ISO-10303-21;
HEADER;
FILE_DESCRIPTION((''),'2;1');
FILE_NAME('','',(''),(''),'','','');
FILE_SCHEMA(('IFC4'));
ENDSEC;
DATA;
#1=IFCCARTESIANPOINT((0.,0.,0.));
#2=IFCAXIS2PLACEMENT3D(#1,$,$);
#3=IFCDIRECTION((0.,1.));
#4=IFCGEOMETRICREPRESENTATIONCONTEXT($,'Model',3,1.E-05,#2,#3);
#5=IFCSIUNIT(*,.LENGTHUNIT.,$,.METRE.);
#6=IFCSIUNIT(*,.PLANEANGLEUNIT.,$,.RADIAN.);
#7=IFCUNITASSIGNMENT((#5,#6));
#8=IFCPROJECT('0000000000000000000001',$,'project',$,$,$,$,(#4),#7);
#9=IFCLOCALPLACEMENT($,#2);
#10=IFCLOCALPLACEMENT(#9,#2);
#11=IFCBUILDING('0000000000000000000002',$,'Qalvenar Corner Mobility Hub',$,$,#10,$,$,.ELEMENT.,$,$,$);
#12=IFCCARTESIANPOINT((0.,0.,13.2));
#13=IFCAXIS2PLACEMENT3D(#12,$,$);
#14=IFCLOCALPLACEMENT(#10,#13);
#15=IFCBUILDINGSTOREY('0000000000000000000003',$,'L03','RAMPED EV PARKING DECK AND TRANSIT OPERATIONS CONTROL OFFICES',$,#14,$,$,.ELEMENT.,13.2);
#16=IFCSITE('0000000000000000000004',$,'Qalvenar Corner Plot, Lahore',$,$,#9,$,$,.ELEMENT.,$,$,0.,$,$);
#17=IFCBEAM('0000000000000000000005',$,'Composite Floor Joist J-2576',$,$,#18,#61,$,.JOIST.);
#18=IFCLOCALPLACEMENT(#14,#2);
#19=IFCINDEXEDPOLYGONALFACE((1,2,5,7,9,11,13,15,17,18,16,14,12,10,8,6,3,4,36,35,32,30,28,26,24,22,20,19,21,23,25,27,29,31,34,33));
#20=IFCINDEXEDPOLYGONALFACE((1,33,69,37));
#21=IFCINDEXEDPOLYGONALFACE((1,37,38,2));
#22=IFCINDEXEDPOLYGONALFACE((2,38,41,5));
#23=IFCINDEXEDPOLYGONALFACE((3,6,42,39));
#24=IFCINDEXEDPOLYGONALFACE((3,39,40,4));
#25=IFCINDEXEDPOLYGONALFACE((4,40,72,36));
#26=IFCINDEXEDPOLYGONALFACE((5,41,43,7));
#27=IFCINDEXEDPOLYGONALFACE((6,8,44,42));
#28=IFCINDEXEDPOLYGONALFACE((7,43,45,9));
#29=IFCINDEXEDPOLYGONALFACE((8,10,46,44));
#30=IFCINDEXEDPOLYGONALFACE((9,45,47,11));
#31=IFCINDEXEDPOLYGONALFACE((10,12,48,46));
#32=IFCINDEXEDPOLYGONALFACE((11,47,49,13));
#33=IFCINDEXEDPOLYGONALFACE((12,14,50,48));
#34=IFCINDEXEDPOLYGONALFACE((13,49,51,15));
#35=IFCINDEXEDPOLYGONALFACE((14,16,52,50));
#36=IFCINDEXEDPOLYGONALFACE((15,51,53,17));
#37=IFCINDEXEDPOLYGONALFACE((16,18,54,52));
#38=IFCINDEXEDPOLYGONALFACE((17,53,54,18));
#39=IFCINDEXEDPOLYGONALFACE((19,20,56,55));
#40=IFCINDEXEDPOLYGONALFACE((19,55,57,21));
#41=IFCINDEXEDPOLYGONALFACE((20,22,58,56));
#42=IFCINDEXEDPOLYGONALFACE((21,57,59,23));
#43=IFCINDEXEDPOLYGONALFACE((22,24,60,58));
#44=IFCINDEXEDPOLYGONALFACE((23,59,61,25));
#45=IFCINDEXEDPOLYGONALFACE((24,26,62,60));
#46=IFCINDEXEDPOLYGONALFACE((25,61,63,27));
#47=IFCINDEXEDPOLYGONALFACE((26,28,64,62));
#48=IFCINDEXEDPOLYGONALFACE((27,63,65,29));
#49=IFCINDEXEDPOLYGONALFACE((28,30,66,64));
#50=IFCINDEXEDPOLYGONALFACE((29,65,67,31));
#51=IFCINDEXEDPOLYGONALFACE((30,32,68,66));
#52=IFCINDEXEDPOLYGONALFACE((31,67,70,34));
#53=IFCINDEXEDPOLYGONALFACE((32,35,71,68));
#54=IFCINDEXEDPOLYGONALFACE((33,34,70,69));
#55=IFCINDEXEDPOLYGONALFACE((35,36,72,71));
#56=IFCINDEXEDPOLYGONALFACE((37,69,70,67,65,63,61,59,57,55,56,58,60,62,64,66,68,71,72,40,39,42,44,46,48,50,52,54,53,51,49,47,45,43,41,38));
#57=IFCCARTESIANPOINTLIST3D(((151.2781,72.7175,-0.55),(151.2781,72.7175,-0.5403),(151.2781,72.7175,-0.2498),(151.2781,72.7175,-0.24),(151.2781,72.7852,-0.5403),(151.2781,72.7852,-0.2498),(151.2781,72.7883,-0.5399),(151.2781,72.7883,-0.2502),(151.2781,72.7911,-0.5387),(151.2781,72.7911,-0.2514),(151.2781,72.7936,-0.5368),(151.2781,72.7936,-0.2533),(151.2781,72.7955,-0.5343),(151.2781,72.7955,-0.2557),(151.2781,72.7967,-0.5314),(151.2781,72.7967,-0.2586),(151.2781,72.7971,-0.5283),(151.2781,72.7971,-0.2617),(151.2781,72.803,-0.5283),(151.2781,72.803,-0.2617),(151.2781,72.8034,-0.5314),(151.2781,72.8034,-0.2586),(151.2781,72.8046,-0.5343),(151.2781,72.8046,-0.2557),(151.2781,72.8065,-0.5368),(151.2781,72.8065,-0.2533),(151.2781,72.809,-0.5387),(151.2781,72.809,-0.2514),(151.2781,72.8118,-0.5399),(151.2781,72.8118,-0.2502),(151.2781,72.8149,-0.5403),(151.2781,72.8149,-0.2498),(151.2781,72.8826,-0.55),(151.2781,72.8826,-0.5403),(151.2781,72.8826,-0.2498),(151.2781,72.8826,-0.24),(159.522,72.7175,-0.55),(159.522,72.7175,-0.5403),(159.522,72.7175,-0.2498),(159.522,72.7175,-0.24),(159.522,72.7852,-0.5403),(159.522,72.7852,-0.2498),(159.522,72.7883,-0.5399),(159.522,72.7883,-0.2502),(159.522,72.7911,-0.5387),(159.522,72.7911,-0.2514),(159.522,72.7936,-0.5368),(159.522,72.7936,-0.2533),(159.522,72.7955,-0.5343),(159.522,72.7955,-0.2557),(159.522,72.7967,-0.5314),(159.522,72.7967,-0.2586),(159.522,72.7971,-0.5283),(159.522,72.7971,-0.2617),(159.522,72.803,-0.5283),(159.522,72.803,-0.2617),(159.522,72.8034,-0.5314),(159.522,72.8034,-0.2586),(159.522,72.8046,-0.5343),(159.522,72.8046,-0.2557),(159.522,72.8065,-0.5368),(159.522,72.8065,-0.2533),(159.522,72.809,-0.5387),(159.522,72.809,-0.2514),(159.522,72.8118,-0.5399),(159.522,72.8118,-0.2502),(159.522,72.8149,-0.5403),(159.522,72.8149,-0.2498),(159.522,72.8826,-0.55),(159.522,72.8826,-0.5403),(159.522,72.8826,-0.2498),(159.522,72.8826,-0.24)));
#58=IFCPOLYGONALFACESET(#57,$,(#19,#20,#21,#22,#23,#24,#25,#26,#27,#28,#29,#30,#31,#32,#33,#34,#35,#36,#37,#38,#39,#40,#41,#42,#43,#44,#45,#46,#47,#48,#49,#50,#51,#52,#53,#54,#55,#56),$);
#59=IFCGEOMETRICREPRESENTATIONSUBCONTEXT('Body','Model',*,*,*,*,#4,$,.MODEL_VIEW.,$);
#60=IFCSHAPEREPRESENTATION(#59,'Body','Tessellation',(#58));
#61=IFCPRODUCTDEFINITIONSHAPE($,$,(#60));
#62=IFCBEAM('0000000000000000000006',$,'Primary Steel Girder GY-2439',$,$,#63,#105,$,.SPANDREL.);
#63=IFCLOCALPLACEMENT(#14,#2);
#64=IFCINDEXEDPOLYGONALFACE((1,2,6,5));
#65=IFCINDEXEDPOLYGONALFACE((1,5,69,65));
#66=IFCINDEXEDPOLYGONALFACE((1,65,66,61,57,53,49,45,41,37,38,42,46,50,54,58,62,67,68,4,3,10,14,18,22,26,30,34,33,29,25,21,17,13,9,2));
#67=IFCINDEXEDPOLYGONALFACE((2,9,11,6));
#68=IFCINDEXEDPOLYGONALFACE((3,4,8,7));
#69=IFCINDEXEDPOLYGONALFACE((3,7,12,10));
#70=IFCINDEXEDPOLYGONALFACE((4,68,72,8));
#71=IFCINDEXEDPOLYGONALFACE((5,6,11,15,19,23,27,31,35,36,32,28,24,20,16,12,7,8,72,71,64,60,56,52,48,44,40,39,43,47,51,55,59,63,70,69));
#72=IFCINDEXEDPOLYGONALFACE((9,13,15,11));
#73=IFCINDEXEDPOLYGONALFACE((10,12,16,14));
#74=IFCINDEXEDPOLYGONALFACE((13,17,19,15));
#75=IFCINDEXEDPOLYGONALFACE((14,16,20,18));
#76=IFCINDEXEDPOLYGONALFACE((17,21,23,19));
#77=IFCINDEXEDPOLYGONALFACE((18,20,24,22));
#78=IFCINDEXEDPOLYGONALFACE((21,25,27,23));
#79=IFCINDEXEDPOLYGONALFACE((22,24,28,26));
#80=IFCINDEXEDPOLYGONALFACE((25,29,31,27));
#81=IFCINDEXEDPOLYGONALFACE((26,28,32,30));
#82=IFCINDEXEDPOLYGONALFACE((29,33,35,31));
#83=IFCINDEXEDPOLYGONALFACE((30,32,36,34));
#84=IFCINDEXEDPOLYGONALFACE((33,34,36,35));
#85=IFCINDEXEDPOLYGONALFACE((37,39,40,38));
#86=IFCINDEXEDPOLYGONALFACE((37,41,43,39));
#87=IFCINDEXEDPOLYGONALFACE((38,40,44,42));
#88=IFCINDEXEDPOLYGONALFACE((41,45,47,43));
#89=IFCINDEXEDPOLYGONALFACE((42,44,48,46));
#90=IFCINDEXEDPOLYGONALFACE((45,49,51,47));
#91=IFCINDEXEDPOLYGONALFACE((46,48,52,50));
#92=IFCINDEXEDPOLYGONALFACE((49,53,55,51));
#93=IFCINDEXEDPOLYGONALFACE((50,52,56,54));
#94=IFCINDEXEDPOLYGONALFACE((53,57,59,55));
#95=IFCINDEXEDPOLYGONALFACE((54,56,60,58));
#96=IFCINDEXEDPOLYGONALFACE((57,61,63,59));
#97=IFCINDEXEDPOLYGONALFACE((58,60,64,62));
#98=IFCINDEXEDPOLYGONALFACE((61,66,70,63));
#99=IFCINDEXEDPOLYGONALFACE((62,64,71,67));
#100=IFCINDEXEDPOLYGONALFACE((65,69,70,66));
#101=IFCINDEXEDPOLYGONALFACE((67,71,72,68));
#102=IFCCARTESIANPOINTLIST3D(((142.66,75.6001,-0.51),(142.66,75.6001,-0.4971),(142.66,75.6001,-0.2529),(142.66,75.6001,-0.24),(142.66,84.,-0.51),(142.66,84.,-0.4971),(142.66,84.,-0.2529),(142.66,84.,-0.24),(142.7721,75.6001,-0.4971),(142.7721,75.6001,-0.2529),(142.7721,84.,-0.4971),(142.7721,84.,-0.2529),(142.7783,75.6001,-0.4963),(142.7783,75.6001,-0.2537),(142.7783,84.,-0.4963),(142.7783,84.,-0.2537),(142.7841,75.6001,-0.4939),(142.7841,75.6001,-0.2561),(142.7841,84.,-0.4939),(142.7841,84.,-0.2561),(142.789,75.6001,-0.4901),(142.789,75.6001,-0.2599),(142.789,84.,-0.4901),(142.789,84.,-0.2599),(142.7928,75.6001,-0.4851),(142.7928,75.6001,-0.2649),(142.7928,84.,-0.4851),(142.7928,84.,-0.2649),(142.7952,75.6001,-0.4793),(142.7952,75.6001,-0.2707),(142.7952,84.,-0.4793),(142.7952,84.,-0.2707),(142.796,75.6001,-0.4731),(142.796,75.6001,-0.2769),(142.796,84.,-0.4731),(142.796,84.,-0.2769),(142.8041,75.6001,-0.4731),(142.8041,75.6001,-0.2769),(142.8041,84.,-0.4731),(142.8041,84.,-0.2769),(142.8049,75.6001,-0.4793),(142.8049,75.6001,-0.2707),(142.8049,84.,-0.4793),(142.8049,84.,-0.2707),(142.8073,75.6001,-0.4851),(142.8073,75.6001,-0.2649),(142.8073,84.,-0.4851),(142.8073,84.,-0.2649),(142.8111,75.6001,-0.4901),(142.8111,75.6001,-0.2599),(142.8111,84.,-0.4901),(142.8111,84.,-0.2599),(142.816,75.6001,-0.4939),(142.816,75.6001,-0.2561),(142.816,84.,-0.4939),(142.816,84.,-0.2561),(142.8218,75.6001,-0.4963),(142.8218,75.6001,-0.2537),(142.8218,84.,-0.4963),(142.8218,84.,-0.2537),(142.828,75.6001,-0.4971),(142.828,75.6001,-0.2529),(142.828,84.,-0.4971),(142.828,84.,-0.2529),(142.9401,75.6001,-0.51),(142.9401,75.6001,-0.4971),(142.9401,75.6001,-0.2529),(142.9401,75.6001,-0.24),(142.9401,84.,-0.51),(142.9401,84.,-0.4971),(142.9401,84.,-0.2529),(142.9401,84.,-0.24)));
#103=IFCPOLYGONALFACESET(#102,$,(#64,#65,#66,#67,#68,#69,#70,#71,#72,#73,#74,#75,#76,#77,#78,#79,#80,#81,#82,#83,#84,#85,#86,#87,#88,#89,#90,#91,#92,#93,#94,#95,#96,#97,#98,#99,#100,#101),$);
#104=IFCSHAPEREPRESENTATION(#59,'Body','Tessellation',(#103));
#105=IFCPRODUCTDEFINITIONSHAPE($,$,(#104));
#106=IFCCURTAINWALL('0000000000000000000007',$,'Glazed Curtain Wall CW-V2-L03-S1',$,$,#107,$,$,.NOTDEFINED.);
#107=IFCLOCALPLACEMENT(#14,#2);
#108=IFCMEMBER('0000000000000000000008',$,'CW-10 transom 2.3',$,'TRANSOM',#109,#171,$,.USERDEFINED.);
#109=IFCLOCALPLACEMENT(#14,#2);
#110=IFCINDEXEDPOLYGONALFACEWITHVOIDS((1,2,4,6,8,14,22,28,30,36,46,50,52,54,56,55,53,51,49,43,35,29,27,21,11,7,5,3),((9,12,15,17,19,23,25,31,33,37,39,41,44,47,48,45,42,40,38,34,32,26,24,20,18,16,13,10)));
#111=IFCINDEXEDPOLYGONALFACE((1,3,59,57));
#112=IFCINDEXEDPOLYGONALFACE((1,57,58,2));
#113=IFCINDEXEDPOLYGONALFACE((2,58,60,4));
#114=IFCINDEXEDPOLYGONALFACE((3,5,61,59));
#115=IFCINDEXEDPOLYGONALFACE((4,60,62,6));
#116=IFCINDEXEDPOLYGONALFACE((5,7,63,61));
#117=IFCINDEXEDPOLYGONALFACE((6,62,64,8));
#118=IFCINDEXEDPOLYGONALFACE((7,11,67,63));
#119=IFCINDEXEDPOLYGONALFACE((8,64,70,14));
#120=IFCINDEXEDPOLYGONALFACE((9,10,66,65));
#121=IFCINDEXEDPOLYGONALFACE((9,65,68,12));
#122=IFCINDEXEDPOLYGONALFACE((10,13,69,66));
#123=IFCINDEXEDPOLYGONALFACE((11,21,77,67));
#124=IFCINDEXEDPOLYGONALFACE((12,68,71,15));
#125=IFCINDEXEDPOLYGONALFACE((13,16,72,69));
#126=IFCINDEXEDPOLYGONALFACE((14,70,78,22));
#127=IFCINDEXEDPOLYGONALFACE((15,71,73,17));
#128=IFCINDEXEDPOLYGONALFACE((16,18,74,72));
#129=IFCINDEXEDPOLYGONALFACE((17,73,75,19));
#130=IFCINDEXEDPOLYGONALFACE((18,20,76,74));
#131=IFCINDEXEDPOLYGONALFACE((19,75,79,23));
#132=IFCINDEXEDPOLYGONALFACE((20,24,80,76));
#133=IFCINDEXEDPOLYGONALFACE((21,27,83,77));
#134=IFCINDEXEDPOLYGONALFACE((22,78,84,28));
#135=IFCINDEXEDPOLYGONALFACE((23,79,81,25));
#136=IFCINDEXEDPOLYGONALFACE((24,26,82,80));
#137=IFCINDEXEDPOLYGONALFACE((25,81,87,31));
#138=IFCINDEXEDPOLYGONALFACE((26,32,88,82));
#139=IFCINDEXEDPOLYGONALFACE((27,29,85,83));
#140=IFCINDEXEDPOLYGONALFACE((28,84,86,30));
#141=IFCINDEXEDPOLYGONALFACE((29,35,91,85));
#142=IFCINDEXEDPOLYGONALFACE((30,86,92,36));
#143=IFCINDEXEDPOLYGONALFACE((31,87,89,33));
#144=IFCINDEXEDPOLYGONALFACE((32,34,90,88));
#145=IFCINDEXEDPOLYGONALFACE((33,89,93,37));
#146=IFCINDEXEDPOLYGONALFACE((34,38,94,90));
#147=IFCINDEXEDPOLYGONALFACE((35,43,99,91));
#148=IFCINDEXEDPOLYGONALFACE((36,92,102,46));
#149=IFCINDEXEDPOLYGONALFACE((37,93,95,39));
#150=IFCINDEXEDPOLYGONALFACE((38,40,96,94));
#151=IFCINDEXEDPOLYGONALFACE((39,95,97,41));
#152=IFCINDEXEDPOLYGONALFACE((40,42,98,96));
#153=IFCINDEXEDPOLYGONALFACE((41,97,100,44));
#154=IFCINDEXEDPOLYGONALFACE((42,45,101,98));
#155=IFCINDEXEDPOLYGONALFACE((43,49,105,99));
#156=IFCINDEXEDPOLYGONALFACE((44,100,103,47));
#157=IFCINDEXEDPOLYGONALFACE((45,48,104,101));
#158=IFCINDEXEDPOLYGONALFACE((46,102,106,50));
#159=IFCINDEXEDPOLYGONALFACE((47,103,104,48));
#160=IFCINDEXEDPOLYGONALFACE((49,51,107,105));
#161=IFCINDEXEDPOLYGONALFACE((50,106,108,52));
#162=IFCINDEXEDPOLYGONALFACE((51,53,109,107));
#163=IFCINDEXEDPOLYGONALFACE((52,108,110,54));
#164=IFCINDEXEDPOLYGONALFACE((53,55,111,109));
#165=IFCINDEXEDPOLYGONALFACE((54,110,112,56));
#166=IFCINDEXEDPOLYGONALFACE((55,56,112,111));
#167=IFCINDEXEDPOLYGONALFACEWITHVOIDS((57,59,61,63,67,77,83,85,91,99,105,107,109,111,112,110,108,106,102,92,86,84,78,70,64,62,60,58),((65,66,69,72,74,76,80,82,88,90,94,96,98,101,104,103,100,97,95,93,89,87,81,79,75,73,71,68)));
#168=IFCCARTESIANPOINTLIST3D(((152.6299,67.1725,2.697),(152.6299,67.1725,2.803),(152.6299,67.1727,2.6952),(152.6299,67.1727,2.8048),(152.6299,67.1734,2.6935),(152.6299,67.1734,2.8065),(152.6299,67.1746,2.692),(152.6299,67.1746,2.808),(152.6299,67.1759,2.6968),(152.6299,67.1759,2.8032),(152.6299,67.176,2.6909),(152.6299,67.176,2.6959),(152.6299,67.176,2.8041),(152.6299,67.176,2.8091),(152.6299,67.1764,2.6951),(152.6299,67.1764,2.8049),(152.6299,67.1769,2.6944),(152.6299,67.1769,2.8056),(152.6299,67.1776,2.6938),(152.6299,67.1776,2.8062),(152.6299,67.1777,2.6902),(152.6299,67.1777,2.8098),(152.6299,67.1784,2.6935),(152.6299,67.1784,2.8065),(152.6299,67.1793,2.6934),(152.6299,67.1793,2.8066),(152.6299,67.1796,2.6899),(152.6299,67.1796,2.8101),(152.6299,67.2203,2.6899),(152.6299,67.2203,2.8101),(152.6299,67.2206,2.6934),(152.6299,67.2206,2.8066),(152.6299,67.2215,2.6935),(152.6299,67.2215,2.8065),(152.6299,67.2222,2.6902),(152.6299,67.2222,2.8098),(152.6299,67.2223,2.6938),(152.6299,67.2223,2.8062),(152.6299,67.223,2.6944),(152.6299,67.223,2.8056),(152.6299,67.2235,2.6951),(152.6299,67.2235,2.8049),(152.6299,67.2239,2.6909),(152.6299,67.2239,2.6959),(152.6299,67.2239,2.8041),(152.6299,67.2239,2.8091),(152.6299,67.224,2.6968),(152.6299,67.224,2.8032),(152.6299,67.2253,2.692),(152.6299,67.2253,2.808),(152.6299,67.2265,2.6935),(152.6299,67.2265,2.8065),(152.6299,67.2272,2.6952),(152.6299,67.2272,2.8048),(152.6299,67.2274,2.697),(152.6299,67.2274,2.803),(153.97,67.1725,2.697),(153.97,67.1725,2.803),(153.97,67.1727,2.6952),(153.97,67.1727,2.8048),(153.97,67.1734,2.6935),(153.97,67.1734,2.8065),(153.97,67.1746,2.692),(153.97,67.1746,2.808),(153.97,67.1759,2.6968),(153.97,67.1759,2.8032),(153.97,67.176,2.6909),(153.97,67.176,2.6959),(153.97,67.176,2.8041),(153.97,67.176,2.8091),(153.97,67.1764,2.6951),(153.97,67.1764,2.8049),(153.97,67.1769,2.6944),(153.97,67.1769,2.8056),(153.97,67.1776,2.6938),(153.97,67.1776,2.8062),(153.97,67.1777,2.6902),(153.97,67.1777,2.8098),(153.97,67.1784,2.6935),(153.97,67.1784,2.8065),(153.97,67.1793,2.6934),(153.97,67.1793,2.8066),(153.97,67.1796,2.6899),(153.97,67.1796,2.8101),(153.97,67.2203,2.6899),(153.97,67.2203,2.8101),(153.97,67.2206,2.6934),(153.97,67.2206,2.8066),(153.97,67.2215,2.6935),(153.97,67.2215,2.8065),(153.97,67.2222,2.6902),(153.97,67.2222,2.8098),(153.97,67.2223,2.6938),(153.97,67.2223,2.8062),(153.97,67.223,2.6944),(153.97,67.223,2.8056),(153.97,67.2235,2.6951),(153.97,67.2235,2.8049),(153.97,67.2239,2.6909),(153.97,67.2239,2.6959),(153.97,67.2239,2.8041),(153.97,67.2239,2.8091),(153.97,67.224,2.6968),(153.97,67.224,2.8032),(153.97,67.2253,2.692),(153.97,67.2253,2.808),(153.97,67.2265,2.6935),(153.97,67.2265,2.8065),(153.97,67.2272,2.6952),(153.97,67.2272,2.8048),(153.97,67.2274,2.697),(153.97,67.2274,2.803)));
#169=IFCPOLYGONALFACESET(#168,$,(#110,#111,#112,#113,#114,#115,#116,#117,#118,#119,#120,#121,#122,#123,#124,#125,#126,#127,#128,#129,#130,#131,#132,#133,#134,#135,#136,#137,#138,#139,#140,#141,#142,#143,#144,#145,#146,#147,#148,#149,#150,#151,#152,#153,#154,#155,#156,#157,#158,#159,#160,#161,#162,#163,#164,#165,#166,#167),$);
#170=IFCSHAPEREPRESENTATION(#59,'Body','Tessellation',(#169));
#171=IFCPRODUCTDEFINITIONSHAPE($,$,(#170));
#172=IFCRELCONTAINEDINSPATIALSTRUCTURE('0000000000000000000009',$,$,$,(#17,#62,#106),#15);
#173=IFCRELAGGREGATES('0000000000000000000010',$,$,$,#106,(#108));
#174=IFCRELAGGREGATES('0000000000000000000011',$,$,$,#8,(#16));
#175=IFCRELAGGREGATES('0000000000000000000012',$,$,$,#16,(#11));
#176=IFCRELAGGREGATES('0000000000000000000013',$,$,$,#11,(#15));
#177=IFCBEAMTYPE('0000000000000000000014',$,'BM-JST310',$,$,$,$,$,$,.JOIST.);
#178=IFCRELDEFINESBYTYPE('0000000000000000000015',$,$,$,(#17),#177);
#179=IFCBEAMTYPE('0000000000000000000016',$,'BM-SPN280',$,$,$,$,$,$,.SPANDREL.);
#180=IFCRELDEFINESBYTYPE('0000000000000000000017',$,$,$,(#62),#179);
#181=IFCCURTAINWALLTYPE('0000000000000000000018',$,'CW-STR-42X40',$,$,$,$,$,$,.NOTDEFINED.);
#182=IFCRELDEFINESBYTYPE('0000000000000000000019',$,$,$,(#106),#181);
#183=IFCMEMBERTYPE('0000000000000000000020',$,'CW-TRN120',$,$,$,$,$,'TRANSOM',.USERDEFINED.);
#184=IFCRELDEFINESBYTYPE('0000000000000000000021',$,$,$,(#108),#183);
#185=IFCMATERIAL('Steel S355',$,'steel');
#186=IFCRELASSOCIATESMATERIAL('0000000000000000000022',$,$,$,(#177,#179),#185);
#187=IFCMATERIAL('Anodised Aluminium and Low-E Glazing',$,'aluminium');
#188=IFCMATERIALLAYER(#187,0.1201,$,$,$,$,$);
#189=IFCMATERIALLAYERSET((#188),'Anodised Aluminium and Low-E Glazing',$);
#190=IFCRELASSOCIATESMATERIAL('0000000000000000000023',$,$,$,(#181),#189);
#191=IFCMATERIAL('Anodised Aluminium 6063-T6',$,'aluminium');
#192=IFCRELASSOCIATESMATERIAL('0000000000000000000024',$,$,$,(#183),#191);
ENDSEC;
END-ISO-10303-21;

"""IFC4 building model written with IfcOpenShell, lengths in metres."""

from ifc_helpers import new_model, si_unit, direction, frame, origin, origin_2d, place, context, subcontext, project, spatial, hollow_rectangle, i_section, extrude, material, layer, layer_set, material_profile, profile_set, type_object, element, aggregate, save


model = new_model("IFC4")

# Units and contexts
model_context = context("Model", 3, precision=1e-05, world=origin(), true_north=direction((0.0, 1.0)))
body_context = subcontext(model_context, "Body", "Model", "MODEL_VIEW")
ifc_project = project(units=[si_unit("LENGTHUNIT", "METRE"), si_unit("PLANEANGLEUNIT", "RADIAN")], contexts=[model_context])

# Site, building, storey
site_placement = place(None, origin())
site = spatial("IfcSite", under=ifc_project, at=site_placement, Name="Qalvenar Corner Plot, Lahore", CompositionType="ELEMENT", RefElevation=0.0)
building_placement = place(site_placement, origin())
building = spatial("IfcBuilding", under=site, at=building_placement, Name="Qalvenar Corner Mobility Hub", CompositionType="ELEMENT")
storey_placement = place(building_placement, frame((0.0, 0.0, 13.2)))
storey = spatial("IfcBuildingStorey", under=building, at=storey_placement, Name="L03", Description="RAMPED EV PARKING DECK AND TRANSIT OPERATIONS CONTROL OFFICES", CompositionType="ELEMENT", Elevation=13.2)

# Shared definitions
ifc_material_1 = material(Name="Steel S355", Category="steel")

# Beams
ifc_material_profile_1 = material_profile(ifc_material_1, i_section(OverallWidth=0.165, OverallDepth=0.3101, WebThickness=0.0059, FlangeThickness=0.0098, FilletRadius=0.012, at=origin_2d()), Name="W310x38.7")
ifc_profile_set_1 = profile_set([ifc_material_profile_1], Name="Steel S355")
beam_type_1 = type_object("IfcBeamType", Name="BM-JST310", PredefinedType="JOIST", material=ifc_profile_set_1)
for number, where, z_axis, x_axis, name in (
    (1, (151.2781, 72.8, -0.395), (1.0, 0.0, 0.0), (0.0, 1.0, 0.0), "Composite Floor Joist J-2576"),
):
    element("IfcBeam", number, at=place(storey_placement, frame(where, z_axis=z_axis, x_axis=x_axis)), inside=storey, type_object=beam_type_1, Name=name, PredefinedType="JOIST", context=body_context, shape_type="SweptSolid", body=[
        extrude(i_section(OverallWidth=0.165, OverallDepth=0.3101, WebThickness=0.0059, FlangeThickness=0.0098, FilletRadius=0.012, at=origin_2d()), origin(), (0.0, 0.0, 1.0), 8.2439),
    ])
ifc_material_profile_2 = material_profile(ifc_material_1, i_section(OverallWidth=0.28, OverallDepth=0.27, WebThickness=0.0081, FlangeThickness=0.0129, FilletRadius=0.0239, at=origin_2d()), Name="HEA280")
ifc_profile_set_2 = profile_set([ifc_material_profile_2], Name="Steel S355")
beam_type_2 = type_object("IfcBeamType", Name="BM-SPN280", PredefinedType="SPANDREL", material=ifc_profile_set_2)
beam_1_placement = place(storey_placement, frame((142.8, 75.6001, -0.375), z_axis=(0.0, 1.0, 0.0), x_axis=(-1.0, 0.0, 0.0)))
element("IfcBeam", 2, at=beam_1_placement, inside=storey, type_object=beam_type_2, Name="Primary Steel Girder GY-2439", PredefinedType="SPANDREL", context=body_context, shape_type="SweptSolid", body=[
    extrude(i_section(OverallWidth=0.28, OverallDepth=0.27, WebThickness=0.0081, FlangeThickness=0.0129, FilletRadius=0.0239, at=origin_2d()), origin(), (0.0, 0.0, 1.0), 8.3999),
])

# Curtain wall, member
ifc_material_2 = material(Name="Anodised Aluminium and Low-E Glazing", Category="aluminium")
ifc_layer_1 = layer(ifc_material_2, 0.1201)
ifc_layer_set_1 = layer_set([ifc_layer_1], Name="Anodised Aluminium and Low-E Glazing")
curtain_wall_type = type_object("IfcCurtainWallType", Name="CW-STR-42X40", PredefinedType="NOTDEFINED", material=ifc_layer_set_1)
curtain_wall_placement = place(storey_placement, origin())
curtain_wall = element("IfcCurtainWall", 3, at=curtain_wall_placement, inside=storey, type_object=curtain_wall_type, Name="Glazed Curtain Wall CW-V2-L03-S1", PredefinedType="NOTDEFINED")
ifc_material_3 = material(Name="Anodised Aluminium 6063-T6", Category="aluminium")
ifc_material_profile_3 = material_profile(ifc_material_3, hollow_rectangle(XDim=0.0549, YDim=0.1201, WallThickness=0.0034, InnerFilletRadius=0.0034, OuterFilletRadius=0.0071, at=origin_2d()), Name="RHS120x55x3.5")
ifc_profile_set_3 = profile_set([ifc_material_profile_3], Name="Anodised Aluminium 6063-T6")
member_type = type_object("IfcMemberType", Name="CW-TRN120", ElementType="TRANSOM", PredefinedType="USERDEFINED", material=ifc_profile_set_3)
member_1_placement = place(storey_placement, frame((152.6299, 67.2, 2.75), z_axis=(1.0, 0.0, 0.0), x_axis=(0.0, 1.0, 0.0)))
member_1 = element("IfcMember", 4, at=member_1_placement, type_object=member_type, Name="CW-10 transom 2.3", ObjectType="TRANSOM", PredefinedType="USERDEFINED", context=body_context, shape_type="SweptSolid", body=[
    extrude(hollow_rectangle(XDim=0.0549, YDim=0.1201, WallThickness=0.0034, InnerFilletRadius=0.0034, OuterFilletRadius=0.0071, at=origin_2d()), origin(), (0.0, 0.0, 1.0), 1.3401),
])
aggregate(curtain_wall, [member_1])

save(model, "model.ifc")
